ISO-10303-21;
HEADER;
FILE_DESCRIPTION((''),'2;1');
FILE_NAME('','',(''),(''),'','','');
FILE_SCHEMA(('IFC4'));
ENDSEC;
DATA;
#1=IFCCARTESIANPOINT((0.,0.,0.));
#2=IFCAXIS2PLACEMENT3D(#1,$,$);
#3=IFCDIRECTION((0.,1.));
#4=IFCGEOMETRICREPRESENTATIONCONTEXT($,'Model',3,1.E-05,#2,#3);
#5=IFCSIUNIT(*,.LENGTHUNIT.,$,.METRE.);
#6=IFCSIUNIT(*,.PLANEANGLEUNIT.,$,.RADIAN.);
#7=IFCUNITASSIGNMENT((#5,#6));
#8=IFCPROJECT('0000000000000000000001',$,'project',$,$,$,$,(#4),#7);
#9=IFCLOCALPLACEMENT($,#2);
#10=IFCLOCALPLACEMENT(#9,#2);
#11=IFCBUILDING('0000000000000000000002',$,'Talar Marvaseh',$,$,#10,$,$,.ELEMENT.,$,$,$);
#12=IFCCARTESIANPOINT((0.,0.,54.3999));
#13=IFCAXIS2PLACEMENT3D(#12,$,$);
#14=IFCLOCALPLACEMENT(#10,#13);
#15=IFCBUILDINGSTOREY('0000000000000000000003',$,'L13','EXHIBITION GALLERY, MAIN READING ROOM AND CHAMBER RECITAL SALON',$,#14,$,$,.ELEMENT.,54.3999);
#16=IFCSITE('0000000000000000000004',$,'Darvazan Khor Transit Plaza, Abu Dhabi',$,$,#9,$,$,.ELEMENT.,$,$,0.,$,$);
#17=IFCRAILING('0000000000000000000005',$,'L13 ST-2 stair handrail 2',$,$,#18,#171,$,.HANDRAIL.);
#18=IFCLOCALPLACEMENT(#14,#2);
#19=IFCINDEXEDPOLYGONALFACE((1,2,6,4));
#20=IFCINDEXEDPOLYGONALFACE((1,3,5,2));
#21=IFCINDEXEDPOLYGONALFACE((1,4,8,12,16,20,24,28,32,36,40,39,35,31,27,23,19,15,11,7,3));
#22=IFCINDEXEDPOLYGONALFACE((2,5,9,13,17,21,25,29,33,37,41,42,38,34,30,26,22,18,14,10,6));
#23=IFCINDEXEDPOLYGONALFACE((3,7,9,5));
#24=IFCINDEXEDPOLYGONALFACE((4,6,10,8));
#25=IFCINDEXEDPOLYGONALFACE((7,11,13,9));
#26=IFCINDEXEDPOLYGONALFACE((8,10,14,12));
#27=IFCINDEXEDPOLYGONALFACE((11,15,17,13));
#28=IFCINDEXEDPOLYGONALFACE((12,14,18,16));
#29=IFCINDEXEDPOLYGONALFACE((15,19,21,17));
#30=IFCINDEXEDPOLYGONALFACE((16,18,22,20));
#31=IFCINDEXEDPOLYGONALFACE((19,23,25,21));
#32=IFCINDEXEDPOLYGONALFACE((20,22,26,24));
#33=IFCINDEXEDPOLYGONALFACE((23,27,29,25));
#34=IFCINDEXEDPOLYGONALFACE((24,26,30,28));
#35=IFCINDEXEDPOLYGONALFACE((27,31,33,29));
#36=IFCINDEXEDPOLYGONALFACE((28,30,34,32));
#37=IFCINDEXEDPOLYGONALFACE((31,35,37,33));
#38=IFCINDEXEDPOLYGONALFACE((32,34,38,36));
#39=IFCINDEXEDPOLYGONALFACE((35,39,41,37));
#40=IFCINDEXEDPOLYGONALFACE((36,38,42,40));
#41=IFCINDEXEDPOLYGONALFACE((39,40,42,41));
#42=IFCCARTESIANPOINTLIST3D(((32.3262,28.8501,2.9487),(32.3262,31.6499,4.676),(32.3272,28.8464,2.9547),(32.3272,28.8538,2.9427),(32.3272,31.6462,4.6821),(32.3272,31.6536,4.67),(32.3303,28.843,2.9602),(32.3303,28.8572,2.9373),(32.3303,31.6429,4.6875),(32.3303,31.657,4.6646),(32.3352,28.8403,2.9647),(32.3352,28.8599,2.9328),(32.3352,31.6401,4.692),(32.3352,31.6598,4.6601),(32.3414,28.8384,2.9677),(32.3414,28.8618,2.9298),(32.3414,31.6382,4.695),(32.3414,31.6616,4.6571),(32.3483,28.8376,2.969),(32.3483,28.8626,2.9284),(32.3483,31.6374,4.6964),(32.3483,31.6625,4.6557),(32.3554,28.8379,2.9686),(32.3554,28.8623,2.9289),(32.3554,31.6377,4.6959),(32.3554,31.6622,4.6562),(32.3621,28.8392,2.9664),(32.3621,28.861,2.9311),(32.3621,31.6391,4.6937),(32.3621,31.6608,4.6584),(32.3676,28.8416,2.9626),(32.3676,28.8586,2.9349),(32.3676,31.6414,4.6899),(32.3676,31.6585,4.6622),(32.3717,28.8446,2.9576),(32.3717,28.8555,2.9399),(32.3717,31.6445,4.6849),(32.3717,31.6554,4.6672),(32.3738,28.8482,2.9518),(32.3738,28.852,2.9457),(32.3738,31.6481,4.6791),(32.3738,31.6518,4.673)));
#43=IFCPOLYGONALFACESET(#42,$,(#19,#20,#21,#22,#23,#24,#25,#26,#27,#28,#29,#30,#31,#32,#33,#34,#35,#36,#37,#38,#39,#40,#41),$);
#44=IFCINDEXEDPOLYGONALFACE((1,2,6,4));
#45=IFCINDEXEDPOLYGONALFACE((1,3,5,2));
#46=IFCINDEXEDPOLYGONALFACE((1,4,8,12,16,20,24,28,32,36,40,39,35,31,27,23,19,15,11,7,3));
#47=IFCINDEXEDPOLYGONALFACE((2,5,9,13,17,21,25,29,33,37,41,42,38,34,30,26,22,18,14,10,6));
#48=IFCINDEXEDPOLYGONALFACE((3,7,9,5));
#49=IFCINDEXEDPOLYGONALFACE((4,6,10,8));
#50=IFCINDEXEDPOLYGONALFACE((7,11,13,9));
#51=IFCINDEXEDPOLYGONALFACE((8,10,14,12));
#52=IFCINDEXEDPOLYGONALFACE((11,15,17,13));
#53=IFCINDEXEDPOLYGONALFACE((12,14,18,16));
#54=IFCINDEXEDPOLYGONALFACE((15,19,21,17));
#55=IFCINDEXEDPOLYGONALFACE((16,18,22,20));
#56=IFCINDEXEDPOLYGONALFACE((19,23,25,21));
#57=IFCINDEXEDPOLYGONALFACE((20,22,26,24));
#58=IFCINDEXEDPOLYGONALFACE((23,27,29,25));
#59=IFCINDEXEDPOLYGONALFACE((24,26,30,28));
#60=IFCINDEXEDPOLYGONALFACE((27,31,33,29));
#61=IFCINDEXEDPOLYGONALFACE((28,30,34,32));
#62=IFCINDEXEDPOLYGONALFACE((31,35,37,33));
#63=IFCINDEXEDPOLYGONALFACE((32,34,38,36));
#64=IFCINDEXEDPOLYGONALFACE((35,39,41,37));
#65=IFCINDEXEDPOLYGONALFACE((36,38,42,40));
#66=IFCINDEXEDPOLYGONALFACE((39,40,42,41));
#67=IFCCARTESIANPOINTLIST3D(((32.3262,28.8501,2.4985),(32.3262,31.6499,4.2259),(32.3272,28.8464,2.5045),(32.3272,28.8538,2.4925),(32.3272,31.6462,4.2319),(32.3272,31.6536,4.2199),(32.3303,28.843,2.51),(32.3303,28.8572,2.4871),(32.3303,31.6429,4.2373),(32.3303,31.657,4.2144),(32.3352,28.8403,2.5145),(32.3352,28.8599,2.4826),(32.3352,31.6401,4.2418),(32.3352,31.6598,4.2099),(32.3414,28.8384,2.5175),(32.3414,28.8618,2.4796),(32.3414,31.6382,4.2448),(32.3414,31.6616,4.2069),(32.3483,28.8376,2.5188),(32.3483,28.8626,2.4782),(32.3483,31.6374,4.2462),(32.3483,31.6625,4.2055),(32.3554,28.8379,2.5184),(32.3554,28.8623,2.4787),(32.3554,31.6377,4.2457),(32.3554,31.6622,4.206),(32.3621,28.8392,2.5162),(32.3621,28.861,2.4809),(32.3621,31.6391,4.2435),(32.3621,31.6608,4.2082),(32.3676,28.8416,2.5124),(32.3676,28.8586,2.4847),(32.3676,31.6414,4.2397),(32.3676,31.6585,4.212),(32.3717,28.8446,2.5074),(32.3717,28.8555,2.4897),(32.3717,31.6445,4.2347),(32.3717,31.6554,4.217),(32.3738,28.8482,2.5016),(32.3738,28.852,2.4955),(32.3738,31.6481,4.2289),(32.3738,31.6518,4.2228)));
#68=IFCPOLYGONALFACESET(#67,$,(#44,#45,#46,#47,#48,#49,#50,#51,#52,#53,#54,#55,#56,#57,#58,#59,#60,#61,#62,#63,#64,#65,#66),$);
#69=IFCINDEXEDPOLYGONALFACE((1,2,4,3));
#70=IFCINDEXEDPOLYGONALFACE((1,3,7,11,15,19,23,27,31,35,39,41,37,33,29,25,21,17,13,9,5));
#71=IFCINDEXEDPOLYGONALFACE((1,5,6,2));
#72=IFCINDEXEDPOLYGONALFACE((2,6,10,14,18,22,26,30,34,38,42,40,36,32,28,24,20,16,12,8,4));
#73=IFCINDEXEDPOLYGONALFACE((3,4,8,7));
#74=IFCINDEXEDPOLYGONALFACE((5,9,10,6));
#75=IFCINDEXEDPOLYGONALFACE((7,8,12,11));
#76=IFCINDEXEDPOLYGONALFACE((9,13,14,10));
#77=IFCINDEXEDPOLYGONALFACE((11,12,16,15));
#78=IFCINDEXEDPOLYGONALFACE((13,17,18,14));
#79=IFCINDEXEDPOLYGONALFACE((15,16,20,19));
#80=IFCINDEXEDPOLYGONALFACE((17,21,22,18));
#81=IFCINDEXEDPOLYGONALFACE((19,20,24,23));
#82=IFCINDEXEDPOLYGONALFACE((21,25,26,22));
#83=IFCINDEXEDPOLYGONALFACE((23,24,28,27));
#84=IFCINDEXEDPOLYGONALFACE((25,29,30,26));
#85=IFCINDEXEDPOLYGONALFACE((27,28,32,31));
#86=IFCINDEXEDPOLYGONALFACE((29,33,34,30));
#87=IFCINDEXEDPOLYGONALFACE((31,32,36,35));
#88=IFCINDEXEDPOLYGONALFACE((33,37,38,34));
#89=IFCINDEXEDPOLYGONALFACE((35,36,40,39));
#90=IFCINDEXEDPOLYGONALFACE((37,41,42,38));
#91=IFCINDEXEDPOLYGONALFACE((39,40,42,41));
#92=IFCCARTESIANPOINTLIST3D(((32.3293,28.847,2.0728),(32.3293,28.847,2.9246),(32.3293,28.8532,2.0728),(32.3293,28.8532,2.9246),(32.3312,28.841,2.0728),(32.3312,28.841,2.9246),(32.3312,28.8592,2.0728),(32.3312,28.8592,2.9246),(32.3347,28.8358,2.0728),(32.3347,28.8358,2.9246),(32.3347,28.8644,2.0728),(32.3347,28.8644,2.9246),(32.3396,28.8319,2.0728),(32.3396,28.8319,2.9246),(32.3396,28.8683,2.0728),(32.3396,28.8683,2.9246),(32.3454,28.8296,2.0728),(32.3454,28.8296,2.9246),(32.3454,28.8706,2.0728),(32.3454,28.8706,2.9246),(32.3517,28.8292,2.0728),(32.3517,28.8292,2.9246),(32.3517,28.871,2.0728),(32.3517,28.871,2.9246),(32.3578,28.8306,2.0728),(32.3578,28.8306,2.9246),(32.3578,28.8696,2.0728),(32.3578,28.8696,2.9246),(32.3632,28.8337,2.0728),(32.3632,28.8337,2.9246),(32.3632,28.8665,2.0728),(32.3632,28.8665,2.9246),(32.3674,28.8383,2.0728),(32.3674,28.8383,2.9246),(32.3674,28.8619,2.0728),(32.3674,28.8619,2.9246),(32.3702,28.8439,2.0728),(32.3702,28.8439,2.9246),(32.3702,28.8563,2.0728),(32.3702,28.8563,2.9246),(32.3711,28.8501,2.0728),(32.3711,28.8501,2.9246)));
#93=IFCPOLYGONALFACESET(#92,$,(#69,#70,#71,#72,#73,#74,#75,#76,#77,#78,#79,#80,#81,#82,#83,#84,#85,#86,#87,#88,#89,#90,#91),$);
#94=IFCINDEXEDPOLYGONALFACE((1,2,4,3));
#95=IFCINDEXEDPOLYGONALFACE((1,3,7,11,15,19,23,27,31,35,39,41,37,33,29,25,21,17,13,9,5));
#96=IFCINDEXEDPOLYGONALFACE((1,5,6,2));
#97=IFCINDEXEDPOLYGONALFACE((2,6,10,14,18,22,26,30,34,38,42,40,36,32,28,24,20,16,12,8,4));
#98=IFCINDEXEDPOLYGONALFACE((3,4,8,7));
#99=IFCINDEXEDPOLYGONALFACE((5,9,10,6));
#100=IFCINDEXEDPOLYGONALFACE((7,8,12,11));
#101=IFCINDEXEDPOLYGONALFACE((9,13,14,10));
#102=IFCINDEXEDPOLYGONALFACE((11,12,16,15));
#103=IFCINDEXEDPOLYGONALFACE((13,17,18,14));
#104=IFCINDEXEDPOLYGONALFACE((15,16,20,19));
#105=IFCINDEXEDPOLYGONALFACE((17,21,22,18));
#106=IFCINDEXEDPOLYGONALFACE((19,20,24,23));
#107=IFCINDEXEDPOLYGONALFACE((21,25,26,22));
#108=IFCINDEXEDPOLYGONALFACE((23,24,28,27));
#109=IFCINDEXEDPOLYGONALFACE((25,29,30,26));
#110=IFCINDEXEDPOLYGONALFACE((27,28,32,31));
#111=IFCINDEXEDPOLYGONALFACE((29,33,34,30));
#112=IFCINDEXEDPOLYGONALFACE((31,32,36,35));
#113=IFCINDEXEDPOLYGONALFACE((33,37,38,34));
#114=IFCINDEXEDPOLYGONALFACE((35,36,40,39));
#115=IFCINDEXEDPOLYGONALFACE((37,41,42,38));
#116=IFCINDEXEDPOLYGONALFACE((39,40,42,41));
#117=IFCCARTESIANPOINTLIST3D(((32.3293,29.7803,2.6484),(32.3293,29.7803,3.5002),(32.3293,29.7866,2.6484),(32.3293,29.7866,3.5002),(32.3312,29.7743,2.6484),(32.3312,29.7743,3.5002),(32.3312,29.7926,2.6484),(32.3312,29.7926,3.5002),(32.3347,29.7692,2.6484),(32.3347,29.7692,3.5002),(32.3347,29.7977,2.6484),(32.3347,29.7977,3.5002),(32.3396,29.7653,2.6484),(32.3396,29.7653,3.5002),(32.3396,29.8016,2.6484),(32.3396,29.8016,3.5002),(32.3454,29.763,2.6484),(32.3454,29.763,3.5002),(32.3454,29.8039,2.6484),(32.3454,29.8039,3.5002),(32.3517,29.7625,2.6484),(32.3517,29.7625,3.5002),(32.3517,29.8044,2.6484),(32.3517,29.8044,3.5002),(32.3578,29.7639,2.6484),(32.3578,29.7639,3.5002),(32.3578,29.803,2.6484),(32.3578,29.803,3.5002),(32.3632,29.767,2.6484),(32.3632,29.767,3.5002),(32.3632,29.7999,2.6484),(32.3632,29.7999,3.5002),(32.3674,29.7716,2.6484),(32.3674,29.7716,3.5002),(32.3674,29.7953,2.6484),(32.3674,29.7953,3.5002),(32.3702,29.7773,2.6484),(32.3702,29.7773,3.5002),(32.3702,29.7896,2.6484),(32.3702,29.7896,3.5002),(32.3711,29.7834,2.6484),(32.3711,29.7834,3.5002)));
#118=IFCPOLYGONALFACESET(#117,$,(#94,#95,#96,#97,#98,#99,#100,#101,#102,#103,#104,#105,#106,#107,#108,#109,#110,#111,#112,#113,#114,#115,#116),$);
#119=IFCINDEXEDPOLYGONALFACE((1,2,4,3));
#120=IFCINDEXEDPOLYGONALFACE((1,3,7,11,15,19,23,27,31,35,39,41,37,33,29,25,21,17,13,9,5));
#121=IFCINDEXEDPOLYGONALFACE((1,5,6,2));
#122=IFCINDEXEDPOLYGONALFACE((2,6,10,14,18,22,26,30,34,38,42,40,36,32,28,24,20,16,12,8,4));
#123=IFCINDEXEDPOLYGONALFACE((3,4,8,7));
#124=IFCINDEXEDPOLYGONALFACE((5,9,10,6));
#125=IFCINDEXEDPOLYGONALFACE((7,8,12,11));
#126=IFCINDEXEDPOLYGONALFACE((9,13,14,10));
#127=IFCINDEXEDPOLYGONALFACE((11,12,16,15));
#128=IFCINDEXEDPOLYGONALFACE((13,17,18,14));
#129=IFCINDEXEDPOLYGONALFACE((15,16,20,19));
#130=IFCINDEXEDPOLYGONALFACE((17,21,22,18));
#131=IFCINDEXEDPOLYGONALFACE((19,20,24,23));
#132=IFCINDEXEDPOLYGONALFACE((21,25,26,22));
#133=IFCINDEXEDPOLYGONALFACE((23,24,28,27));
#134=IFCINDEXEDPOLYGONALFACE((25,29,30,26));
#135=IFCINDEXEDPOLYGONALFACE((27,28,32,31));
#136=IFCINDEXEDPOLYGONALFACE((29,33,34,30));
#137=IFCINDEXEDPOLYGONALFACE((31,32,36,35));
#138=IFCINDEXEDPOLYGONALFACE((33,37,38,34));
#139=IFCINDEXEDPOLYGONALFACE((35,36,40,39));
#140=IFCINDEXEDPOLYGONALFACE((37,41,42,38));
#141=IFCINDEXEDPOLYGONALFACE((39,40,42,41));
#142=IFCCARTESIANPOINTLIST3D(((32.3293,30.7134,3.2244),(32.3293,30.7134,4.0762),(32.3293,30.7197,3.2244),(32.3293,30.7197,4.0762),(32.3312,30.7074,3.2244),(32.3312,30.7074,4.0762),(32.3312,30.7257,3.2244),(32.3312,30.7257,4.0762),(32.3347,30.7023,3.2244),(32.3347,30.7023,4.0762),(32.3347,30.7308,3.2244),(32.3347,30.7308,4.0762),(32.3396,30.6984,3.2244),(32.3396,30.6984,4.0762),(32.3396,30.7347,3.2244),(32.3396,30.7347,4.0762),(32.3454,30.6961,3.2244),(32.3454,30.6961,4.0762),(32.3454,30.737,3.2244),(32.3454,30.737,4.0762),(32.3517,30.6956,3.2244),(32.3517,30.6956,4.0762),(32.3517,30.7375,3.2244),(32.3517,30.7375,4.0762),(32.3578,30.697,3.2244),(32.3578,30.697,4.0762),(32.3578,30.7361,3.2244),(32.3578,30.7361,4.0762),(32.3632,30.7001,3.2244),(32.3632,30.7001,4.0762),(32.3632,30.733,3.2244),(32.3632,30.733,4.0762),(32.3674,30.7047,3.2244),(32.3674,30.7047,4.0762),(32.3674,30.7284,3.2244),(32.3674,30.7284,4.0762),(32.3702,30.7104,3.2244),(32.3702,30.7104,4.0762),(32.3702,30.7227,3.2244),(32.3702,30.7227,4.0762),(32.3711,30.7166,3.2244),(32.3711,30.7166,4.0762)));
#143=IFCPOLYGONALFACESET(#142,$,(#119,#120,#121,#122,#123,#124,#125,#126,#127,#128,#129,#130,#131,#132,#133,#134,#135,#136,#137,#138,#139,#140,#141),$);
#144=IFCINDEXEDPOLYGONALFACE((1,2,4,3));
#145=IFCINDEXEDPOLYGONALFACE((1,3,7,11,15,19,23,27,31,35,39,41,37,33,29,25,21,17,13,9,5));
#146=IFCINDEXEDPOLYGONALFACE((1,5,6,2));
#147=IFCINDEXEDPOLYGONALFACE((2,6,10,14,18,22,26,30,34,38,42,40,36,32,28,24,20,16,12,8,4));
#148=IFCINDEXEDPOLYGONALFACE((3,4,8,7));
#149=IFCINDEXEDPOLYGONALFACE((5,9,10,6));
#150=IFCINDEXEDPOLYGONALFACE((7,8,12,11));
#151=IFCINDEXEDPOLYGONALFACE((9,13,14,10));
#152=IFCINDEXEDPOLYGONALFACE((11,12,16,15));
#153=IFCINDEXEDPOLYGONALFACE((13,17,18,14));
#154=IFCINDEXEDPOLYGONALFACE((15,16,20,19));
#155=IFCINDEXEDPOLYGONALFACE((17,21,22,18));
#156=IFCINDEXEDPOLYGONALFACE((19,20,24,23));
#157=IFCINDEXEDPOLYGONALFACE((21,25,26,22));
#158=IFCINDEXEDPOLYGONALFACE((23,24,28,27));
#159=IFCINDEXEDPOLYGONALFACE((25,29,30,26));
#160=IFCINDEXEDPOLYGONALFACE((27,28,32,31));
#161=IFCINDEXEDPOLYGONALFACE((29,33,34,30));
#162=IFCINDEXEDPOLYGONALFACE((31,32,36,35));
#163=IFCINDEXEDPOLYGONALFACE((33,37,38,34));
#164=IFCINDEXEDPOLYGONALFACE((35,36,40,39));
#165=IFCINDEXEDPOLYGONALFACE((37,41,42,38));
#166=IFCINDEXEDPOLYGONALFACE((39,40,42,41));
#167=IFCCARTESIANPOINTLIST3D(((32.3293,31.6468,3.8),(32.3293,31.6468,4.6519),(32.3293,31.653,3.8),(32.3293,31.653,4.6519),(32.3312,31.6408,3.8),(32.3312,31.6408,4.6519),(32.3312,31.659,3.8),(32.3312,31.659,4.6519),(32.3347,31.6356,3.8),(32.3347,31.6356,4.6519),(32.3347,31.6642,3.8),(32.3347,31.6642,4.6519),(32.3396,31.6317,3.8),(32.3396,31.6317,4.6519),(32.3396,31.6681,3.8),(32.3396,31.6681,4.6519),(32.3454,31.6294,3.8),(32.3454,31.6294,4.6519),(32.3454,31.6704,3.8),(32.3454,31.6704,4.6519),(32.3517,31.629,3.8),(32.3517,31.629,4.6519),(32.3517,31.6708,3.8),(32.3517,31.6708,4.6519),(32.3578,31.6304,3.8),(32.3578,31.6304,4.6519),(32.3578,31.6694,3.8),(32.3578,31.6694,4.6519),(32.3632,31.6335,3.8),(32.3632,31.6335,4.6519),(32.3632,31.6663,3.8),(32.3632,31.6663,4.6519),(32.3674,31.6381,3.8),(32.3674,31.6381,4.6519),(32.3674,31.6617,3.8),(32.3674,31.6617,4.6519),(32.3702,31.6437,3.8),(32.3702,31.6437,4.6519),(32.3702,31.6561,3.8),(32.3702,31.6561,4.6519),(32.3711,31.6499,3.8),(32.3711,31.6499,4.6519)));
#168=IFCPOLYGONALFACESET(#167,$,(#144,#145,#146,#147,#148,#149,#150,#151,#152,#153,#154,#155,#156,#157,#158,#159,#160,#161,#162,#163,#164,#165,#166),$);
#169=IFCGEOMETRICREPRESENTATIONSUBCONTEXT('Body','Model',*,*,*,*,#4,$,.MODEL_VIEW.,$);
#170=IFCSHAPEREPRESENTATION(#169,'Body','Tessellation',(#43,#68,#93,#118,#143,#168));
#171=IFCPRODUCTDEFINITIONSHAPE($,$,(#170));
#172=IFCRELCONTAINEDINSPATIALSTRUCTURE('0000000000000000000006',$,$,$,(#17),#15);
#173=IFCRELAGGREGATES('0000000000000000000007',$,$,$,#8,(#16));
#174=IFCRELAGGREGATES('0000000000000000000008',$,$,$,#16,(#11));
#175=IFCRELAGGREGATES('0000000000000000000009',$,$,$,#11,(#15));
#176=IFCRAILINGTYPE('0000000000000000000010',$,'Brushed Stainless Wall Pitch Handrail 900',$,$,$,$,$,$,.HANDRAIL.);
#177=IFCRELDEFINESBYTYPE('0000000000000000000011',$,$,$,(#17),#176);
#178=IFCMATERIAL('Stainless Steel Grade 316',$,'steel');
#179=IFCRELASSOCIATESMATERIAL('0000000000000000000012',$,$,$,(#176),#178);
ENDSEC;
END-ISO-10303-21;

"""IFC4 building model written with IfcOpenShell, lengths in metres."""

from ifc_helpers import new_model, si_unit, direction, frame, origin, origin_2d, place, context, subcontext, project, spatial, circle, extrude, material, type_object, element, save


model = new_model("IFC4")

# Units and contexts
model_context = context("Model", 3, precision=1e-05, world=origin(), true_north=direction((0.0, 1.0)))
body_context = subcontext(model_context, "Body", "Model", "MODEL_VIEW")
ifc_project = project(units=[si_unit("LENGTHUNIT", "METRE"), si_unit("PLANEANGLEUNIT", "RADIAN")], contexts=[model_context])

# Site, building, storey
site_placement = place(None, origin())
site = spatial("IfcSite", under=ifc_project, at=site_placement, Name="Darvazan Khor Transit Plaza, Abu Dhabi", CompositionType="ELEMENT", RefElevation=0.0)
building_placement = place(site_placement, origin())
building = spatial("IfcBuilding", under=site, at=building_placement, Name="Talar Marvaseh", CompositionType="ELEMENT")
storey_placement = place(building_placement, frame((0.0, 0.0, 54.3999)))
storey = spatial("IfcBuildingStorey", under=building, at=storey_placement, Name="L13", Description="EXHIBITION GALLERY, MAIN READING ROOM AND CHAMBER RECITAL SALON", CompositionType="ELEMENT", Elevation=54.3999)

# Railing
ifc_material_1 = material(Name="Stainless Steel Grade 316", Category="steel")
railing_type_1 = type_object("IfcRailingType", Name="Brushed Stainless Wall Pitch Handrail 900", PredefinedType="HANDRAIL", material=ifc_material_1)
railing_1_placement = place(storey_placement, frame((32.3501, 28.8501, 2.0728)))
element("IfcRailing", 1, at=railing_1_placement, inside=storey, type_object=railing_type_1, Name="L13 ST-2 stair handrail 2", PredefinedType="HANDRAIL", context=body_context, shape_type="SweptSolid", body=[
    extrude(circle(Radius=0.0239, at=origin_2d()), frame((0.0, 0.0, 0.876), z_axis=(0.0, 0.851069, 0.525054), x_axis=(-1.0, 0.0, 0.0)), (0.0, 0.0, 1.0), 3.2898),
    extrude(circle(Radius=0.0239, at=origin_2d()), frame((0.0, 0.0, 0.4258), z_axis=(0.0, 0.851069, 0.525054), x_axis=(-1.0, 0.0, 0.0)), (0.0, 0.0, 1.0), 3.2898),
    extrude(circle(Radius=0.021, at=origin_2d()), origin(), (0.0, 0.0, 1.0), 0.8518),
    extrude(circle(Radius=0.021, at=origin_2d()), frame((0.0, 0.9333, 0.5757)), (0.0, 0.0, 1.0), 0.8518),
    extrude(circle(Radius=0.021, at=origin_2d()), frame((0.0, 1.8665, 1.1516)), (0.0, 0.0, 1.0), 0.8518),
    extrude(circle(Radius=0.021, at=origin_2d()), frame((0.0, 2.7998, 1.7273)), (0.0, 0.0, 1.0), 0.8518),
])

save(model, "model.ifc")
